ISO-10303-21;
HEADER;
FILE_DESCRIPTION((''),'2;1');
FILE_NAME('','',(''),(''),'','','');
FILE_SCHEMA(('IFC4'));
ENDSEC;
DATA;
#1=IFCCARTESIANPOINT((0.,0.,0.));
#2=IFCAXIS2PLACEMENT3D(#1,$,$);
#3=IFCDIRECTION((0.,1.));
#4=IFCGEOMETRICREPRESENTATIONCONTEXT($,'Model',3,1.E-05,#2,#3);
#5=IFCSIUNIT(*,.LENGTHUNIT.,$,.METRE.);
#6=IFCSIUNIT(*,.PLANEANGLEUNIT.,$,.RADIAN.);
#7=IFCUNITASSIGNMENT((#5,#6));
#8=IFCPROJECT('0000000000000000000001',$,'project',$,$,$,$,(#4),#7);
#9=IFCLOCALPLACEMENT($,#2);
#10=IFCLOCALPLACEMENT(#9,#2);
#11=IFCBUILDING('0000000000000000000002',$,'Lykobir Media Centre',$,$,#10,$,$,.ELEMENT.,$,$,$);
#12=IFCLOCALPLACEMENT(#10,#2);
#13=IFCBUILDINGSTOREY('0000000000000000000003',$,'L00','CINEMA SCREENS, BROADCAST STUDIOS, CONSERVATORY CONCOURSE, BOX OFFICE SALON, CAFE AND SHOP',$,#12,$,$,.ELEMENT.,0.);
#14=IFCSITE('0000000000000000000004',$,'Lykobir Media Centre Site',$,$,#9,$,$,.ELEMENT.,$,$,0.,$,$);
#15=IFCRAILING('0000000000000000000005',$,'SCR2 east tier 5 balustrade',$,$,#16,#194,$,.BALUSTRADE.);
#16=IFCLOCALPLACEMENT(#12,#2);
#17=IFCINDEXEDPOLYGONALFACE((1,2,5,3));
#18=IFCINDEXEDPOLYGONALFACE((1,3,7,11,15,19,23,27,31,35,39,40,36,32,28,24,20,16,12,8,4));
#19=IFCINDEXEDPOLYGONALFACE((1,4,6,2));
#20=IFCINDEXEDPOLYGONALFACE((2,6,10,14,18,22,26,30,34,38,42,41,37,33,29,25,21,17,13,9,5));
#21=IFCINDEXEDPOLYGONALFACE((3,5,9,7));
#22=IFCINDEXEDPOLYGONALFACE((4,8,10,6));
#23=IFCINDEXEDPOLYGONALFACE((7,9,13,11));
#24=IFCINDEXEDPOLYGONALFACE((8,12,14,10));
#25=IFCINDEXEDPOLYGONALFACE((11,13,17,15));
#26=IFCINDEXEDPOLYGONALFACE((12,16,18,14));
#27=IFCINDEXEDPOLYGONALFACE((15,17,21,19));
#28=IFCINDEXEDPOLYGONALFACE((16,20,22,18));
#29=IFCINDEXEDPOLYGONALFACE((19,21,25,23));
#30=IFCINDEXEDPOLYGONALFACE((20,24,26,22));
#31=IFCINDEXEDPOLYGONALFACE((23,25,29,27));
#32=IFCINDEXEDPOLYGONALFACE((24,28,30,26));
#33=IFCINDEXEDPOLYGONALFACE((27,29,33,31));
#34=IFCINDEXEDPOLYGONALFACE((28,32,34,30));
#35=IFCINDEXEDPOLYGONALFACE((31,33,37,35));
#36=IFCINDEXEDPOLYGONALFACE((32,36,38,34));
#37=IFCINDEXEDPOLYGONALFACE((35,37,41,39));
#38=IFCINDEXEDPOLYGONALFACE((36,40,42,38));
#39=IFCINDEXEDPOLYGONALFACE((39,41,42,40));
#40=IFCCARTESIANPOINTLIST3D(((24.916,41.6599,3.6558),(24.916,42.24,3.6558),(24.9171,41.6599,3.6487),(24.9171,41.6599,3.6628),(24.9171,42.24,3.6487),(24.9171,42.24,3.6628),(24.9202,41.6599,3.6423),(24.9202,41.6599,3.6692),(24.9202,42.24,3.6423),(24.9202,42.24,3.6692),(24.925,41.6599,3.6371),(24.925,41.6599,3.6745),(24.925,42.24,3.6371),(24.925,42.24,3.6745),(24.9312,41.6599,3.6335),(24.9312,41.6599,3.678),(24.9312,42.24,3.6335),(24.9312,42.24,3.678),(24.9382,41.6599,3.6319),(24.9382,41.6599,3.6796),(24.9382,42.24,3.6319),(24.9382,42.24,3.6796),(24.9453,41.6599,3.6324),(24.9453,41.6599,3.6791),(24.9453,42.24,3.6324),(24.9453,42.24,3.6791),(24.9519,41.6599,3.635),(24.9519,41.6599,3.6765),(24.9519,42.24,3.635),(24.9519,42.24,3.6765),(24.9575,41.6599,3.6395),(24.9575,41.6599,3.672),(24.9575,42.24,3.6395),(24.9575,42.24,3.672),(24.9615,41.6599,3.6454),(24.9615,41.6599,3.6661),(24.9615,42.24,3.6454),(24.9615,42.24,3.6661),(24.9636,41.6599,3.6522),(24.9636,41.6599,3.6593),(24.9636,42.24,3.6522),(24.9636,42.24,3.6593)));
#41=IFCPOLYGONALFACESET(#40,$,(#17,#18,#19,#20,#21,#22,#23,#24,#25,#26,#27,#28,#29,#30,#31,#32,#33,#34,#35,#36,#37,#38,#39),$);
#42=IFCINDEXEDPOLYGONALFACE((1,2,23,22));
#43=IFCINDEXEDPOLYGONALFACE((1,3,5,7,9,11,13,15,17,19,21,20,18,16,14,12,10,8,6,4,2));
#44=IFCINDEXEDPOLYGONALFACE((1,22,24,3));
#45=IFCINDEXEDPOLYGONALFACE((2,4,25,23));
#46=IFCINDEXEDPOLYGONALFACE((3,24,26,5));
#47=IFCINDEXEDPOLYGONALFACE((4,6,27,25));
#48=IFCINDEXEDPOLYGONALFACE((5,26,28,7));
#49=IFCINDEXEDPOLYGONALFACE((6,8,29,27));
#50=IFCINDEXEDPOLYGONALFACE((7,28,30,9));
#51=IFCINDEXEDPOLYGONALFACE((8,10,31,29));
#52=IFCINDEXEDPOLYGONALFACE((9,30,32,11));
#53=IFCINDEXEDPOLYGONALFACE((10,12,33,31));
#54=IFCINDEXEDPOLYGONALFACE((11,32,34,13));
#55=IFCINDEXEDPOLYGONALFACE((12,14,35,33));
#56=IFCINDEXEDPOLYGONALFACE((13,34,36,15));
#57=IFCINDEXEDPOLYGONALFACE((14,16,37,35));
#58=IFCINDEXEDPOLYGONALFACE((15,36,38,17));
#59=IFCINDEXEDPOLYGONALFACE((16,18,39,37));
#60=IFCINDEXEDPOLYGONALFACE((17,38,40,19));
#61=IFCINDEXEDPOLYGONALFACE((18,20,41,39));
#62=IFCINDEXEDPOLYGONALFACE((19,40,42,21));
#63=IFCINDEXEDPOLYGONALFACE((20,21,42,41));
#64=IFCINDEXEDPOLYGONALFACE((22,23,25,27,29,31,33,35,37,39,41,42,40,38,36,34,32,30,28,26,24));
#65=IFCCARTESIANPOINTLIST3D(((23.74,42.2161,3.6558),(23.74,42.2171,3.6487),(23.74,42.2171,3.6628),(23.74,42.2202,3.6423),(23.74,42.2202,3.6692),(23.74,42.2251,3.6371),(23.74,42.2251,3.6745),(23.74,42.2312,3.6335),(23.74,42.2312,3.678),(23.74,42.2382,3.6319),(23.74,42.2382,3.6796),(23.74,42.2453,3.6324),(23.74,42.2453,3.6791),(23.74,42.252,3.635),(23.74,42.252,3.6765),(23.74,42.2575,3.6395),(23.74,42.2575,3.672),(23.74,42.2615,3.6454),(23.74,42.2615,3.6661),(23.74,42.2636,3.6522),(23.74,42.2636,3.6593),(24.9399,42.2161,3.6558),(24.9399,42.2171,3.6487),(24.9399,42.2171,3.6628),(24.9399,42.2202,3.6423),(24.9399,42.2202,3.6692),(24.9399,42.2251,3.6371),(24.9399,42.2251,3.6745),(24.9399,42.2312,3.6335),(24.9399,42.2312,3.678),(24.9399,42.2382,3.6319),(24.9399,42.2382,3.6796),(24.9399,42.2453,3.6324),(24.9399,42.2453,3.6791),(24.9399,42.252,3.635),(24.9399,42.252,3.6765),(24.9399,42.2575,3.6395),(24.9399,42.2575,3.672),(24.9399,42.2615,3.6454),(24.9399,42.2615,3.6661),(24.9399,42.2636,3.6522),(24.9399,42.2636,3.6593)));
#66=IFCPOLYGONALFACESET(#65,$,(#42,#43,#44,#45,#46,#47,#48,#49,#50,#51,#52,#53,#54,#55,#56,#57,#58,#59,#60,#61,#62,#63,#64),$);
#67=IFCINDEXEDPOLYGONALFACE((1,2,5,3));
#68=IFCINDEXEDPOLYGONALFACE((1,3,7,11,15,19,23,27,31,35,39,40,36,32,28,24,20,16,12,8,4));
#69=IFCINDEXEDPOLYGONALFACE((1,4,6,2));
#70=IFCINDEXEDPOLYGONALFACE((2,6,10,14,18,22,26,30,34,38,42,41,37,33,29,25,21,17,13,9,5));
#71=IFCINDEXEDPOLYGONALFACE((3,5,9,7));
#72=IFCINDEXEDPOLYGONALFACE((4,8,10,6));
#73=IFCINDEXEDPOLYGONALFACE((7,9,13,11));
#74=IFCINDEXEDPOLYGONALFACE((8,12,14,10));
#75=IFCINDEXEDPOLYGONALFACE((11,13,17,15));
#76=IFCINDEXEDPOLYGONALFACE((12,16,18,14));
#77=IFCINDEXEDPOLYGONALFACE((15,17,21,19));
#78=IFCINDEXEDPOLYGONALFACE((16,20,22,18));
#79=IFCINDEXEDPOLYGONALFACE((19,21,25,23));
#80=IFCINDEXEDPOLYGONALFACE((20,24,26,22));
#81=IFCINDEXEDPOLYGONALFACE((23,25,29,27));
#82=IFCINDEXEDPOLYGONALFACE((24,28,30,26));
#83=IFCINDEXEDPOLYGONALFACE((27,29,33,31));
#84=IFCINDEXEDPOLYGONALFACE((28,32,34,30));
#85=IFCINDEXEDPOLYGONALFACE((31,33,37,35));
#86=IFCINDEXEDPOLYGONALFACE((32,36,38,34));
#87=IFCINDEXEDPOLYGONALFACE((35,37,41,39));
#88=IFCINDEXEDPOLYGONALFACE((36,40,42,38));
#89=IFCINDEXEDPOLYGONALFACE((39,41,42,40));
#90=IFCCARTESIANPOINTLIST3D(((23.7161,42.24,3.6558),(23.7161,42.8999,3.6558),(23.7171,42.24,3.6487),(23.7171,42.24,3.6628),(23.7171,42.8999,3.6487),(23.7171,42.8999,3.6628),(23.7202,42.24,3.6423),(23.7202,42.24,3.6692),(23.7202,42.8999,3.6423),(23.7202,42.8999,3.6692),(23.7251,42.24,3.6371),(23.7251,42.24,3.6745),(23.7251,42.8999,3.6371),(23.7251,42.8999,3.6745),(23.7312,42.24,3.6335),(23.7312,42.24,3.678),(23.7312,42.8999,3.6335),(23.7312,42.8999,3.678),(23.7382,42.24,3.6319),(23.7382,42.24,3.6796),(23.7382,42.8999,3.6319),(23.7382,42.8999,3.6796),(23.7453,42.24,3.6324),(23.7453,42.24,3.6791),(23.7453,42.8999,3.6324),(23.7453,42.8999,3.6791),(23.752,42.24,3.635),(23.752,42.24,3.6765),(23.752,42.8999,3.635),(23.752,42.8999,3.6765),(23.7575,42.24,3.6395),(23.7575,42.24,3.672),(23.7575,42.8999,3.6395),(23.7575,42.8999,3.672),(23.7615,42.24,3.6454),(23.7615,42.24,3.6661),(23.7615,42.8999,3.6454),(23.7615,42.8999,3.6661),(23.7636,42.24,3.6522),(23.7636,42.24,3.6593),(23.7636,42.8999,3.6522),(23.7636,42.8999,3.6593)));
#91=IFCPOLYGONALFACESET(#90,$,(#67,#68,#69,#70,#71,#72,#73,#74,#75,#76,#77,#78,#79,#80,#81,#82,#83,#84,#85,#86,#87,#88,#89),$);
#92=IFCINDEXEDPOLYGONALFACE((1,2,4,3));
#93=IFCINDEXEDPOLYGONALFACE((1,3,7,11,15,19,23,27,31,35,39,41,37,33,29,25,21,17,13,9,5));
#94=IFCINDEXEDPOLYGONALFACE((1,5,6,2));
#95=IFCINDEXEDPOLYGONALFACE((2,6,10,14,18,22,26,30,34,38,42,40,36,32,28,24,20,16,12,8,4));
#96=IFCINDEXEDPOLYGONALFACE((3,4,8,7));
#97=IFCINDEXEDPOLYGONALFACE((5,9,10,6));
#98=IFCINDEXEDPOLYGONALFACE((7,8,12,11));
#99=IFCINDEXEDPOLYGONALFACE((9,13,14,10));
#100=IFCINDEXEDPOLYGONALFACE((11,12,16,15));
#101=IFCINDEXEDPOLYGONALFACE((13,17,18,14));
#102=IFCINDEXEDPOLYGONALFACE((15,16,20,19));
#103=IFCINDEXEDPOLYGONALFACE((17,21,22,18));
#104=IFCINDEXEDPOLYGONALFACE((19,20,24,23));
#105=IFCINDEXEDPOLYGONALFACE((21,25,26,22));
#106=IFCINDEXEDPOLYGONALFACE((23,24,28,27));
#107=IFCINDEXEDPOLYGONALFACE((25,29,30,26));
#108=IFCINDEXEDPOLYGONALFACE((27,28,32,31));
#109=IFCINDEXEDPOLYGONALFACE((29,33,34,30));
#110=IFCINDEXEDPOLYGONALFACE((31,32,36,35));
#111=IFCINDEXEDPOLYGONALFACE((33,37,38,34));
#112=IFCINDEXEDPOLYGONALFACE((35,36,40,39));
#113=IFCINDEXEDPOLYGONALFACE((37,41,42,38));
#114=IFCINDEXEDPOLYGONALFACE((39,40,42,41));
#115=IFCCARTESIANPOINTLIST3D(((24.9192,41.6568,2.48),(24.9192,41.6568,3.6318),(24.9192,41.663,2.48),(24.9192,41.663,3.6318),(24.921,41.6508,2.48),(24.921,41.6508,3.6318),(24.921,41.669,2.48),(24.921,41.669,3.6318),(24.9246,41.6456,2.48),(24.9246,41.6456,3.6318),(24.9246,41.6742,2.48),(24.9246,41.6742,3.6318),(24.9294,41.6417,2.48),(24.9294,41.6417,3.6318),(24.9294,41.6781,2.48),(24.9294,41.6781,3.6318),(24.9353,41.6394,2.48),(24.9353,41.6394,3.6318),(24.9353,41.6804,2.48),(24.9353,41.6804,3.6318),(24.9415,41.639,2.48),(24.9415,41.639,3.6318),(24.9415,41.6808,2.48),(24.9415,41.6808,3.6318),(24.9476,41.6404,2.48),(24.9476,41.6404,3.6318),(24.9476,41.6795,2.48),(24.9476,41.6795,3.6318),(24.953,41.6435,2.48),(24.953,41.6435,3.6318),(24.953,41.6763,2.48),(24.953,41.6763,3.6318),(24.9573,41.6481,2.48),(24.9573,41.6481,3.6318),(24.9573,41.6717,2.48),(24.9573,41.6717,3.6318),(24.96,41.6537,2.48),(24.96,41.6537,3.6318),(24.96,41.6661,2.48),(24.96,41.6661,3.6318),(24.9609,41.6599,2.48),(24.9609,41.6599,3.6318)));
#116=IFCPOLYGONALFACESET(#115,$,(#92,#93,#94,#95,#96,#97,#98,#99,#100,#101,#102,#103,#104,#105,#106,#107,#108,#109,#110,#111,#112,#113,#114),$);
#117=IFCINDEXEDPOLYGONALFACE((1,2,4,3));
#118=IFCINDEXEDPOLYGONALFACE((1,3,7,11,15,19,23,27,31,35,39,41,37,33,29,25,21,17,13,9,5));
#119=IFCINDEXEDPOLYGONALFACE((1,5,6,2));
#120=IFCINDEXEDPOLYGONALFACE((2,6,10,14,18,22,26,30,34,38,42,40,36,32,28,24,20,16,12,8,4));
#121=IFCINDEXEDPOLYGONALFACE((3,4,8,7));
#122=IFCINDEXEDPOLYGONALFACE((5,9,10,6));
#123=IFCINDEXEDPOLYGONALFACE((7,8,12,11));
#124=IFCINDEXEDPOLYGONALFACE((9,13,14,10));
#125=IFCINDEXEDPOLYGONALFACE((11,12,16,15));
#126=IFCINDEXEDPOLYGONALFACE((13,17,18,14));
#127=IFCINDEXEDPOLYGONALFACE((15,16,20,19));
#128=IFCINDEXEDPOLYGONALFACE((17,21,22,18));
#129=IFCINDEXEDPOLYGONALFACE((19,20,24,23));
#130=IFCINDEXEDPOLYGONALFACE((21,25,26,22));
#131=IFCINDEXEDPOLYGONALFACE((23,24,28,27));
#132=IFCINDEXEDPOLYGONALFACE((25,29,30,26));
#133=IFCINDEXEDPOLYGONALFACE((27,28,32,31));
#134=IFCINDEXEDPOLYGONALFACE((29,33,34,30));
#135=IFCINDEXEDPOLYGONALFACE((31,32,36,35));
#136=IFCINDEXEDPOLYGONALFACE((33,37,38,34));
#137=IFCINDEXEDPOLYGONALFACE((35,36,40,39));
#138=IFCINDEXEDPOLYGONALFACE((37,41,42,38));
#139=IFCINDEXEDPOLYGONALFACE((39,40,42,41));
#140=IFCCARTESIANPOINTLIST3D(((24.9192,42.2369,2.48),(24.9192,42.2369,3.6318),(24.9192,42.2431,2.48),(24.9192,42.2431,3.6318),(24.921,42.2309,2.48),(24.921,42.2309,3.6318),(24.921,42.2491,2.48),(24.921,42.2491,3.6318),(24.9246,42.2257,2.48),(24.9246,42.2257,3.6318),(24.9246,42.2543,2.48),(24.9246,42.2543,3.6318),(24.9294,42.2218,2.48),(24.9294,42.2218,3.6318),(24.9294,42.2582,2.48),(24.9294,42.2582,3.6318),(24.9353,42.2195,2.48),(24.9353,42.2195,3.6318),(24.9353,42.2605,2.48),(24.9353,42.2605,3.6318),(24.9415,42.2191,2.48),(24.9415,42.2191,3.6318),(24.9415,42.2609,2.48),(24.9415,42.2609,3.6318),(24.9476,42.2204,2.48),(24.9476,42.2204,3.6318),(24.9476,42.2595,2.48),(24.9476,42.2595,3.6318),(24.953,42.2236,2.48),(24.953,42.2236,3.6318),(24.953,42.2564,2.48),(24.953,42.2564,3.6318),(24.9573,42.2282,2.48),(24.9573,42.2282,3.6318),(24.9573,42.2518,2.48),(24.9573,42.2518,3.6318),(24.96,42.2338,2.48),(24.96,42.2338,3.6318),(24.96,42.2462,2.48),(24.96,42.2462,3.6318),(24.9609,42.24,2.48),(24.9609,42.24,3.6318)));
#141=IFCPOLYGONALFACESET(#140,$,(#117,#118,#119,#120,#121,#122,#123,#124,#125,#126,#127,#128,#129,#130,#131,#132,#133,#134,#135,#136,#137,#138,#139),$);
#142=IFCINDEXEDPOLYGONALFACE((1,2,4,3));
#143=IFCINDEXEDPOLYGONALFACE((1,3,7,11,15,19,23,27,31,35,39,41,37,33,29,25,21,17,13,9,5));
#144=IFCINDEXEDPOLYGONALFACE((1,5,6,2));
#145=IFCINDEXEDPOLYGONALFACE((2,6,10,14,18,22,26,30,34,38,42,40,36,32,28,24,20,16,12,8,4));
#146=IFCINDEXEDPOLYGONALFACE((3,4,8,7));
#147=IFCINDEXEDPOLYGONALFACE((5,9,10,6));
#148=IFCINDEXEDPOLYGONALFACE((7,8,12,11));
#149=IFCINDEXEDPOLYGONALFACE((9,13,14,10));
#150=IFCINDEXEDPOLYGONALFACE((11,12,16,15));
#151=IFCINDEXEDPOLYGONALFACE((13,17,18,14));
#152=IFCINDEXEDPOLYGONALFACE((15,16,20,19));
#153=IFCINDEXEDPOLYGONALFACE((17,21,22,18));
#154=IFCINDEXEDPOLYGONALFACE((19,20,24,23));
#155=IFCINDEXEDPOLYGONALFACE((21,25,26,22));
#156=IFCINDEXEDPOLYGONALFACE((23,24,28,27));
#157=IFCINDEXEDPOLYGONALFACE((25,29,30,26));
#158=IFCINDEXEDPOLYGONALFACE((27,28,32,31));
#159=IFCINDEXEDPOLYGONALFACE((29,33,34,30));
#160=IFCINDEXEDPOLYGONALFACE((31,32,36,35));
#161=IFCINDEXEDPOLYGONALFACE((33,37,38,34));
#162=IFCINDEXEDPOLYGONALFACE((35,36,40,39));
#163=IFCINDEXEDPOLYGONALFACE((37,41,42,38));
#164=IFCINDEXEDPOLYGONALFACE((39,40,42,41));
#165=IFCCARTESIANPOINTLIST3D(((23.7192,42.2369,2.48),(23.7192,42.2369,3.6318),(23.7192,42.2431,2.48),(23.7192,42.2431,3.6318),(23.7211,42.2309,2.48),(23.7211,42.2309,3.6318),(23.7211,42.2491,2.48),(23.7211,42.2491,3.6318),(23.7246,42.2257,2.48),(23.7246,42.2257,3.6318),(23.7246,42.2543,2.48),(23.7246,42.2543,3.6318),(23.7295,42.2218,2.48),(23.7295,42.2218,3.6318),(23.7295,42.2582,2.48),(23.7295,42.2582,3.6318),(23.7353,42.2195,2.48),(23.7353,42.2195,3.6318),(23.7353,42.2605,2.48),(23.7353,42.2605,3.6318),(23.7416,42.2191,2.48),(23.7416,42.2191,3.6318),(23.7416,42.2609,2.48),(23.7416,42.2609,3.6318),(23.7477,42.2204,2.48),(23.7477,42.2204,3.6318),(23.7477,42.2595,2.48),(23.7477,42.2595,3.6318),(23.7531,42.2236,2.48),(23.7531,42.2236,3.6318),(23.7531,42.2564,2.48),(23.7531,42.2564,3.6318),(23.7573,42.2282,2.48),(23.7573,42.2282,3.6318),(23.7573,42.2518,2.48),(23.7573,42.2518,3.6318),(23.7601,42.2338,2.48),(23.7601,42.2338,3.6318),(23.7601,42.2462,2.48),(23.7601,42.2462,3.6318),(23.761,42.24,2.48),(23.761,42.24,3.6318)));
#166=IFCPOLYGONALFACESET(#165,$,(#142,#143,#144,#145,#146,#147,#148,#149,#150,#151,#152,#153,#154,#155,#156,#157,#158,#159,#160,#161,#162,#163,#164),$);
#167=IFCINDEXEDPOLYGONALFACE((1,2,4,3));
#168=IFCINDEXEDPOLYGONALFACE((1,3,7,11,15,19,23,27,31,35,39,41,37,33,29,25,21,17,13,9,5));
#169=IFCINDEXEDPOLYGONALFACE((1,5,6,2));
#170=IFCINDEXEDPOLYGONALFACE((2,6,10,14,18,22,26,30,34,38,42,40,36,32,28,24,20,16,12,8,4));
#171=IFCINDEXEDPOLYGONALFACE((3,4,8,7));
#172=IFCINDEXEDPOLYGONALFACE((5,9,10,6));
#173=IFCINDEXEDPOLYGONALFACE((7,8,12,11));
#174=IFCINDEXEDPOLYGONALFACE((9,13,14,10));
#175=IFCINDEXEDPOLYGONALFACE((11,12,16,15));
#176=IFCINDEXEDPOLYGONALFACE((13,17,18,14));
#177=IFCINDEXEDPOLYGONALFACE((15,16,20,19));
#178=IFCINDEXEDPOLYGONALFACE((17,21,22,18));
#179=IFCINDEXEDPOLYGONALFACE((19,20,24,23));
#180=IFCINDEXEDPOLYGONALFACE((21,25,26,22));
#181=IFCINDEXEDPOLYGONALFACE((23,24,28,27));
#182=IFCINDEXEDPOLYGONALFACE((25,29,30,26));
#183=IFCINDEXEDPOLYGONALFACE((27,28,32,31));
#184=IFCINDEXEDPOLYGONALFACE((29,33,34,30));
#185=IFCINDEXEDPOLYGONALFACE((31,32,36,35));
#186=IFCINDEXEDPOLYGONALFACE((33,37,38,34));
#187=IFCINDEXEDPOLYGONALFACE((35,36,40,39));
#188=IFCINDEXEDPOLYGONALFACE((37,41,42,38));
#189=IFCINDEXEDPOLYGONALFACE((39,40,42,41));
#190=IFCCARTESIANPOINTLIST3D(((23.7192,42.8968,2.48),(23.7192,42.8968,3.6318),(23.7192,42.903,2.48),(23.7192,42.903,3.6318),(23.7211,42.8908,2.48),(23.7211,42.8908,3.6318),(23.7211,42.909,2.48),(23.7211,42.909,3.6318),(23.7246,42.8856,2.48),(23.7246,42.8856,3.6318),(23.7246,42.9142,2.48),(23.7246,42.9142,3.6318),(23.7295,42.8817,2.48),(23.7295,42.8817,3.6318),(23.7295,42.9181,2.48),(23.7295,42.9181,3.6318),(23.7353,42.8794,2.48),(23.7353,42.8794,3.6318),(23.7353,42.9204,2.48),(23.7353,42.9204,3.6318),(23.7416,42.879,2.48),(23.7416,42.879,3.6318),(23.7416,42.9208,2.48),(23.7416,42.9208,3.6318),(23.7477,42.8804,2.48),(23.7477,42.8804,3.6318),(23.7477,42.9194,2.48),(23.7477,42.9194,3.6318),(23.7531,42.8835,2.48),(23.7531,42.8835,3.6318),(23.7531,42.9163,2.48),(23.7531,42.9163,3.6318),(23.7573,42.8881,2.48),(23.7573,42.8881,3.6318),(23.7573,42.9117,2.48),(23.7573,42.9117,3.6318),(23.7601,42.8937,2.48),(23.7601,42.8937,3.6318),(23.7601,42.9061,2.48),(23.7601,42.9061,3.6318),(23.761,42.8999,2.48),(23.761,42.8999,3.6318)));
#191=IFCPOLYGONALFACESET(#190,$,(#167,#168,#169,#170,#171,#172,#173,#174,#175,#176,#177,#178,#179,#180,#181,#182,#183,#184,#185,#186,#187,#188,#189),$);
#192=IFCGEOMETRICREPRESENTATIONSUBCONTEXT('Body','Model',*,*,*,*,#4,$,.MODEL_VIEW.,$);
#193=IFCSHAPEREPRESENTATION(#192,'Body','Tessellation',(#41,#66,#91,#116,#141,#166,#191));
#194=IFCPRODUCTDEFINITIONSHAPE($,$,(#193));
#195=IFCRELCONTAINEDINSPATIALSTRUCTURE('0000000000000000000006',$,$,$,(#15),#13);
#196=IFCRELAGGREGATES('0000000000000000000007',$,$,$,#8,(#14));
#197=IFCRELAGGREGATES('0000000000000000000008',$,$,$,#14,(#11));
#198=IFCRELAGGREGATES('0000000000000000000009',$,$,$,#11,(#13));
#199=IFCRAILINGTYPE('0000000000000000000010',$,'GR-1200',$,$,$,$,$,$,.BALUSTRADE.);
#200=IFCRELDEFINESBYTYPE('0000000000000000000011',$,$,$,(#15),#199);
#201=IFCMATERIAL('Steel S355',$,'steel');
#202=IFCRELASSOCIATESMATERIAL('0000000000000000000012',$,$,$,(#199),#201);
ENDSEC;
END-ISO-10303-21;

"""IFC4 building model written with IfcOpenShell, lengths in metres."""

from ifc_helpers import new_model, si_unit, direction, frame, origin, origin_2d, place, context, subcontext, project, spatial, circle, extrude, material, type_object, element, save


model = new_model("IFC4")

# Units and contexts
model_context = context("Model", 3, precision=1e-05, world=origin(), true_north=direction((0.0, 1.0)))
body_context = subcontext(model_context, "Body", "Model", "MODEL_VIEW")
ifc_project = project(units=[si_unit("LENGTHUNIT", "METRE"), si_unit("PLANEANGLEUNIT", "RADIAN")], contexts=[model_context])

# Site, building, storey
site_placement = place(None, origin())
site = spatial("IfcSite", under=ifc_project, at=site_placement, Name="Lykobir Media Centre Site", CompositionType="ELEMENT", RefElevation=0.0)
building_placement = place(site_placement, origin())
building = spatial("IfcBuilding", under=site, at=building_placement, Name="Lykobir Media Centre", CompositionType="ELEMENT")
storey_placement = place(building_placement, origin())
storey = spatial("IfcBuildingStorey", under=building, at=storey_placement, Name="L00", Description="CINEMA SCREENS, BROADCAST STUDIOS, CONSERVATORY CONCOURSE, BOX OFFICE SALON, CAFE AND SHOP", CompositionType="ELEMENT", Elevation=0.0)

# Shared definitions
ifc_material_1 = material(Name="Steel S355", Category="steel")

# Railing
railing_type = type_object("IfcRailingType", Name="GR-1200", PredefinedType="BALUSTRADE", material=ifc_material_1)
railing_1_placement = place(storey_placement, frame((24.9399, 41.6599, 2.48)))
element("IfcRailing", 1, at=railing_1_placement, inside=storey, type_object=railing_type, Name="SCR2 east tier 5 balustrade", PredefinedType="BALUSTRADE", context=body_context, shape_type="SweptSolid", body=[
    extrude(circle(Radius=0.0239, at=origin_2d()), frame((0.0, 0.0, 1.1758), z_axis=(0.0, 1.0, 0.0), x_axis=(-1.0, 0.0, 0.0)), (0.0, 0.0, 1.0), 0.5801),
    extrude(circle(Radius=0.0239, at=origin_2d()), frame((0.0, 0.5801, 1.1758), z_axis=(-1.0, 0.0, 0.0), x_axis=(0.0, -1.0, 0.0)), (0.0, 0.0, 1.0), 1.2),
    extrude(circle(Radius=0.0239, at=origin_2d()), frame((-1.2, 0.5801, 1.1758), z_axis=(0.0, 1.0, 0.0), x_axis=(-1.0, 0.0, 0.0)), (0.0, 0.0, 1.0), 0.6599),
    extrude(circle(Radius=0.021, at=origin_2d()), origin(), (0.0, 0.0, 1.0), 1.1519),
    extrude(circle(Radius=0.021, at=origin_2d()), frame((0.0, 0.5801, 0.0)), (0.0, 0.0, 1.0), 1.1519),
    extrude(circle(Radius=0.021, at=origin_2d()), frame((-1.2, 0.5801, 0.0)), (0.0, 0.0, 1.0), 1.1519),
    extrude(circle(Radius=0.021, at=origin_2d()), frame((-1.2, 1.24, 0.0)), (0.0, 0.0, 1.0), 1.1519),
])

save(model, "model.ifc")
